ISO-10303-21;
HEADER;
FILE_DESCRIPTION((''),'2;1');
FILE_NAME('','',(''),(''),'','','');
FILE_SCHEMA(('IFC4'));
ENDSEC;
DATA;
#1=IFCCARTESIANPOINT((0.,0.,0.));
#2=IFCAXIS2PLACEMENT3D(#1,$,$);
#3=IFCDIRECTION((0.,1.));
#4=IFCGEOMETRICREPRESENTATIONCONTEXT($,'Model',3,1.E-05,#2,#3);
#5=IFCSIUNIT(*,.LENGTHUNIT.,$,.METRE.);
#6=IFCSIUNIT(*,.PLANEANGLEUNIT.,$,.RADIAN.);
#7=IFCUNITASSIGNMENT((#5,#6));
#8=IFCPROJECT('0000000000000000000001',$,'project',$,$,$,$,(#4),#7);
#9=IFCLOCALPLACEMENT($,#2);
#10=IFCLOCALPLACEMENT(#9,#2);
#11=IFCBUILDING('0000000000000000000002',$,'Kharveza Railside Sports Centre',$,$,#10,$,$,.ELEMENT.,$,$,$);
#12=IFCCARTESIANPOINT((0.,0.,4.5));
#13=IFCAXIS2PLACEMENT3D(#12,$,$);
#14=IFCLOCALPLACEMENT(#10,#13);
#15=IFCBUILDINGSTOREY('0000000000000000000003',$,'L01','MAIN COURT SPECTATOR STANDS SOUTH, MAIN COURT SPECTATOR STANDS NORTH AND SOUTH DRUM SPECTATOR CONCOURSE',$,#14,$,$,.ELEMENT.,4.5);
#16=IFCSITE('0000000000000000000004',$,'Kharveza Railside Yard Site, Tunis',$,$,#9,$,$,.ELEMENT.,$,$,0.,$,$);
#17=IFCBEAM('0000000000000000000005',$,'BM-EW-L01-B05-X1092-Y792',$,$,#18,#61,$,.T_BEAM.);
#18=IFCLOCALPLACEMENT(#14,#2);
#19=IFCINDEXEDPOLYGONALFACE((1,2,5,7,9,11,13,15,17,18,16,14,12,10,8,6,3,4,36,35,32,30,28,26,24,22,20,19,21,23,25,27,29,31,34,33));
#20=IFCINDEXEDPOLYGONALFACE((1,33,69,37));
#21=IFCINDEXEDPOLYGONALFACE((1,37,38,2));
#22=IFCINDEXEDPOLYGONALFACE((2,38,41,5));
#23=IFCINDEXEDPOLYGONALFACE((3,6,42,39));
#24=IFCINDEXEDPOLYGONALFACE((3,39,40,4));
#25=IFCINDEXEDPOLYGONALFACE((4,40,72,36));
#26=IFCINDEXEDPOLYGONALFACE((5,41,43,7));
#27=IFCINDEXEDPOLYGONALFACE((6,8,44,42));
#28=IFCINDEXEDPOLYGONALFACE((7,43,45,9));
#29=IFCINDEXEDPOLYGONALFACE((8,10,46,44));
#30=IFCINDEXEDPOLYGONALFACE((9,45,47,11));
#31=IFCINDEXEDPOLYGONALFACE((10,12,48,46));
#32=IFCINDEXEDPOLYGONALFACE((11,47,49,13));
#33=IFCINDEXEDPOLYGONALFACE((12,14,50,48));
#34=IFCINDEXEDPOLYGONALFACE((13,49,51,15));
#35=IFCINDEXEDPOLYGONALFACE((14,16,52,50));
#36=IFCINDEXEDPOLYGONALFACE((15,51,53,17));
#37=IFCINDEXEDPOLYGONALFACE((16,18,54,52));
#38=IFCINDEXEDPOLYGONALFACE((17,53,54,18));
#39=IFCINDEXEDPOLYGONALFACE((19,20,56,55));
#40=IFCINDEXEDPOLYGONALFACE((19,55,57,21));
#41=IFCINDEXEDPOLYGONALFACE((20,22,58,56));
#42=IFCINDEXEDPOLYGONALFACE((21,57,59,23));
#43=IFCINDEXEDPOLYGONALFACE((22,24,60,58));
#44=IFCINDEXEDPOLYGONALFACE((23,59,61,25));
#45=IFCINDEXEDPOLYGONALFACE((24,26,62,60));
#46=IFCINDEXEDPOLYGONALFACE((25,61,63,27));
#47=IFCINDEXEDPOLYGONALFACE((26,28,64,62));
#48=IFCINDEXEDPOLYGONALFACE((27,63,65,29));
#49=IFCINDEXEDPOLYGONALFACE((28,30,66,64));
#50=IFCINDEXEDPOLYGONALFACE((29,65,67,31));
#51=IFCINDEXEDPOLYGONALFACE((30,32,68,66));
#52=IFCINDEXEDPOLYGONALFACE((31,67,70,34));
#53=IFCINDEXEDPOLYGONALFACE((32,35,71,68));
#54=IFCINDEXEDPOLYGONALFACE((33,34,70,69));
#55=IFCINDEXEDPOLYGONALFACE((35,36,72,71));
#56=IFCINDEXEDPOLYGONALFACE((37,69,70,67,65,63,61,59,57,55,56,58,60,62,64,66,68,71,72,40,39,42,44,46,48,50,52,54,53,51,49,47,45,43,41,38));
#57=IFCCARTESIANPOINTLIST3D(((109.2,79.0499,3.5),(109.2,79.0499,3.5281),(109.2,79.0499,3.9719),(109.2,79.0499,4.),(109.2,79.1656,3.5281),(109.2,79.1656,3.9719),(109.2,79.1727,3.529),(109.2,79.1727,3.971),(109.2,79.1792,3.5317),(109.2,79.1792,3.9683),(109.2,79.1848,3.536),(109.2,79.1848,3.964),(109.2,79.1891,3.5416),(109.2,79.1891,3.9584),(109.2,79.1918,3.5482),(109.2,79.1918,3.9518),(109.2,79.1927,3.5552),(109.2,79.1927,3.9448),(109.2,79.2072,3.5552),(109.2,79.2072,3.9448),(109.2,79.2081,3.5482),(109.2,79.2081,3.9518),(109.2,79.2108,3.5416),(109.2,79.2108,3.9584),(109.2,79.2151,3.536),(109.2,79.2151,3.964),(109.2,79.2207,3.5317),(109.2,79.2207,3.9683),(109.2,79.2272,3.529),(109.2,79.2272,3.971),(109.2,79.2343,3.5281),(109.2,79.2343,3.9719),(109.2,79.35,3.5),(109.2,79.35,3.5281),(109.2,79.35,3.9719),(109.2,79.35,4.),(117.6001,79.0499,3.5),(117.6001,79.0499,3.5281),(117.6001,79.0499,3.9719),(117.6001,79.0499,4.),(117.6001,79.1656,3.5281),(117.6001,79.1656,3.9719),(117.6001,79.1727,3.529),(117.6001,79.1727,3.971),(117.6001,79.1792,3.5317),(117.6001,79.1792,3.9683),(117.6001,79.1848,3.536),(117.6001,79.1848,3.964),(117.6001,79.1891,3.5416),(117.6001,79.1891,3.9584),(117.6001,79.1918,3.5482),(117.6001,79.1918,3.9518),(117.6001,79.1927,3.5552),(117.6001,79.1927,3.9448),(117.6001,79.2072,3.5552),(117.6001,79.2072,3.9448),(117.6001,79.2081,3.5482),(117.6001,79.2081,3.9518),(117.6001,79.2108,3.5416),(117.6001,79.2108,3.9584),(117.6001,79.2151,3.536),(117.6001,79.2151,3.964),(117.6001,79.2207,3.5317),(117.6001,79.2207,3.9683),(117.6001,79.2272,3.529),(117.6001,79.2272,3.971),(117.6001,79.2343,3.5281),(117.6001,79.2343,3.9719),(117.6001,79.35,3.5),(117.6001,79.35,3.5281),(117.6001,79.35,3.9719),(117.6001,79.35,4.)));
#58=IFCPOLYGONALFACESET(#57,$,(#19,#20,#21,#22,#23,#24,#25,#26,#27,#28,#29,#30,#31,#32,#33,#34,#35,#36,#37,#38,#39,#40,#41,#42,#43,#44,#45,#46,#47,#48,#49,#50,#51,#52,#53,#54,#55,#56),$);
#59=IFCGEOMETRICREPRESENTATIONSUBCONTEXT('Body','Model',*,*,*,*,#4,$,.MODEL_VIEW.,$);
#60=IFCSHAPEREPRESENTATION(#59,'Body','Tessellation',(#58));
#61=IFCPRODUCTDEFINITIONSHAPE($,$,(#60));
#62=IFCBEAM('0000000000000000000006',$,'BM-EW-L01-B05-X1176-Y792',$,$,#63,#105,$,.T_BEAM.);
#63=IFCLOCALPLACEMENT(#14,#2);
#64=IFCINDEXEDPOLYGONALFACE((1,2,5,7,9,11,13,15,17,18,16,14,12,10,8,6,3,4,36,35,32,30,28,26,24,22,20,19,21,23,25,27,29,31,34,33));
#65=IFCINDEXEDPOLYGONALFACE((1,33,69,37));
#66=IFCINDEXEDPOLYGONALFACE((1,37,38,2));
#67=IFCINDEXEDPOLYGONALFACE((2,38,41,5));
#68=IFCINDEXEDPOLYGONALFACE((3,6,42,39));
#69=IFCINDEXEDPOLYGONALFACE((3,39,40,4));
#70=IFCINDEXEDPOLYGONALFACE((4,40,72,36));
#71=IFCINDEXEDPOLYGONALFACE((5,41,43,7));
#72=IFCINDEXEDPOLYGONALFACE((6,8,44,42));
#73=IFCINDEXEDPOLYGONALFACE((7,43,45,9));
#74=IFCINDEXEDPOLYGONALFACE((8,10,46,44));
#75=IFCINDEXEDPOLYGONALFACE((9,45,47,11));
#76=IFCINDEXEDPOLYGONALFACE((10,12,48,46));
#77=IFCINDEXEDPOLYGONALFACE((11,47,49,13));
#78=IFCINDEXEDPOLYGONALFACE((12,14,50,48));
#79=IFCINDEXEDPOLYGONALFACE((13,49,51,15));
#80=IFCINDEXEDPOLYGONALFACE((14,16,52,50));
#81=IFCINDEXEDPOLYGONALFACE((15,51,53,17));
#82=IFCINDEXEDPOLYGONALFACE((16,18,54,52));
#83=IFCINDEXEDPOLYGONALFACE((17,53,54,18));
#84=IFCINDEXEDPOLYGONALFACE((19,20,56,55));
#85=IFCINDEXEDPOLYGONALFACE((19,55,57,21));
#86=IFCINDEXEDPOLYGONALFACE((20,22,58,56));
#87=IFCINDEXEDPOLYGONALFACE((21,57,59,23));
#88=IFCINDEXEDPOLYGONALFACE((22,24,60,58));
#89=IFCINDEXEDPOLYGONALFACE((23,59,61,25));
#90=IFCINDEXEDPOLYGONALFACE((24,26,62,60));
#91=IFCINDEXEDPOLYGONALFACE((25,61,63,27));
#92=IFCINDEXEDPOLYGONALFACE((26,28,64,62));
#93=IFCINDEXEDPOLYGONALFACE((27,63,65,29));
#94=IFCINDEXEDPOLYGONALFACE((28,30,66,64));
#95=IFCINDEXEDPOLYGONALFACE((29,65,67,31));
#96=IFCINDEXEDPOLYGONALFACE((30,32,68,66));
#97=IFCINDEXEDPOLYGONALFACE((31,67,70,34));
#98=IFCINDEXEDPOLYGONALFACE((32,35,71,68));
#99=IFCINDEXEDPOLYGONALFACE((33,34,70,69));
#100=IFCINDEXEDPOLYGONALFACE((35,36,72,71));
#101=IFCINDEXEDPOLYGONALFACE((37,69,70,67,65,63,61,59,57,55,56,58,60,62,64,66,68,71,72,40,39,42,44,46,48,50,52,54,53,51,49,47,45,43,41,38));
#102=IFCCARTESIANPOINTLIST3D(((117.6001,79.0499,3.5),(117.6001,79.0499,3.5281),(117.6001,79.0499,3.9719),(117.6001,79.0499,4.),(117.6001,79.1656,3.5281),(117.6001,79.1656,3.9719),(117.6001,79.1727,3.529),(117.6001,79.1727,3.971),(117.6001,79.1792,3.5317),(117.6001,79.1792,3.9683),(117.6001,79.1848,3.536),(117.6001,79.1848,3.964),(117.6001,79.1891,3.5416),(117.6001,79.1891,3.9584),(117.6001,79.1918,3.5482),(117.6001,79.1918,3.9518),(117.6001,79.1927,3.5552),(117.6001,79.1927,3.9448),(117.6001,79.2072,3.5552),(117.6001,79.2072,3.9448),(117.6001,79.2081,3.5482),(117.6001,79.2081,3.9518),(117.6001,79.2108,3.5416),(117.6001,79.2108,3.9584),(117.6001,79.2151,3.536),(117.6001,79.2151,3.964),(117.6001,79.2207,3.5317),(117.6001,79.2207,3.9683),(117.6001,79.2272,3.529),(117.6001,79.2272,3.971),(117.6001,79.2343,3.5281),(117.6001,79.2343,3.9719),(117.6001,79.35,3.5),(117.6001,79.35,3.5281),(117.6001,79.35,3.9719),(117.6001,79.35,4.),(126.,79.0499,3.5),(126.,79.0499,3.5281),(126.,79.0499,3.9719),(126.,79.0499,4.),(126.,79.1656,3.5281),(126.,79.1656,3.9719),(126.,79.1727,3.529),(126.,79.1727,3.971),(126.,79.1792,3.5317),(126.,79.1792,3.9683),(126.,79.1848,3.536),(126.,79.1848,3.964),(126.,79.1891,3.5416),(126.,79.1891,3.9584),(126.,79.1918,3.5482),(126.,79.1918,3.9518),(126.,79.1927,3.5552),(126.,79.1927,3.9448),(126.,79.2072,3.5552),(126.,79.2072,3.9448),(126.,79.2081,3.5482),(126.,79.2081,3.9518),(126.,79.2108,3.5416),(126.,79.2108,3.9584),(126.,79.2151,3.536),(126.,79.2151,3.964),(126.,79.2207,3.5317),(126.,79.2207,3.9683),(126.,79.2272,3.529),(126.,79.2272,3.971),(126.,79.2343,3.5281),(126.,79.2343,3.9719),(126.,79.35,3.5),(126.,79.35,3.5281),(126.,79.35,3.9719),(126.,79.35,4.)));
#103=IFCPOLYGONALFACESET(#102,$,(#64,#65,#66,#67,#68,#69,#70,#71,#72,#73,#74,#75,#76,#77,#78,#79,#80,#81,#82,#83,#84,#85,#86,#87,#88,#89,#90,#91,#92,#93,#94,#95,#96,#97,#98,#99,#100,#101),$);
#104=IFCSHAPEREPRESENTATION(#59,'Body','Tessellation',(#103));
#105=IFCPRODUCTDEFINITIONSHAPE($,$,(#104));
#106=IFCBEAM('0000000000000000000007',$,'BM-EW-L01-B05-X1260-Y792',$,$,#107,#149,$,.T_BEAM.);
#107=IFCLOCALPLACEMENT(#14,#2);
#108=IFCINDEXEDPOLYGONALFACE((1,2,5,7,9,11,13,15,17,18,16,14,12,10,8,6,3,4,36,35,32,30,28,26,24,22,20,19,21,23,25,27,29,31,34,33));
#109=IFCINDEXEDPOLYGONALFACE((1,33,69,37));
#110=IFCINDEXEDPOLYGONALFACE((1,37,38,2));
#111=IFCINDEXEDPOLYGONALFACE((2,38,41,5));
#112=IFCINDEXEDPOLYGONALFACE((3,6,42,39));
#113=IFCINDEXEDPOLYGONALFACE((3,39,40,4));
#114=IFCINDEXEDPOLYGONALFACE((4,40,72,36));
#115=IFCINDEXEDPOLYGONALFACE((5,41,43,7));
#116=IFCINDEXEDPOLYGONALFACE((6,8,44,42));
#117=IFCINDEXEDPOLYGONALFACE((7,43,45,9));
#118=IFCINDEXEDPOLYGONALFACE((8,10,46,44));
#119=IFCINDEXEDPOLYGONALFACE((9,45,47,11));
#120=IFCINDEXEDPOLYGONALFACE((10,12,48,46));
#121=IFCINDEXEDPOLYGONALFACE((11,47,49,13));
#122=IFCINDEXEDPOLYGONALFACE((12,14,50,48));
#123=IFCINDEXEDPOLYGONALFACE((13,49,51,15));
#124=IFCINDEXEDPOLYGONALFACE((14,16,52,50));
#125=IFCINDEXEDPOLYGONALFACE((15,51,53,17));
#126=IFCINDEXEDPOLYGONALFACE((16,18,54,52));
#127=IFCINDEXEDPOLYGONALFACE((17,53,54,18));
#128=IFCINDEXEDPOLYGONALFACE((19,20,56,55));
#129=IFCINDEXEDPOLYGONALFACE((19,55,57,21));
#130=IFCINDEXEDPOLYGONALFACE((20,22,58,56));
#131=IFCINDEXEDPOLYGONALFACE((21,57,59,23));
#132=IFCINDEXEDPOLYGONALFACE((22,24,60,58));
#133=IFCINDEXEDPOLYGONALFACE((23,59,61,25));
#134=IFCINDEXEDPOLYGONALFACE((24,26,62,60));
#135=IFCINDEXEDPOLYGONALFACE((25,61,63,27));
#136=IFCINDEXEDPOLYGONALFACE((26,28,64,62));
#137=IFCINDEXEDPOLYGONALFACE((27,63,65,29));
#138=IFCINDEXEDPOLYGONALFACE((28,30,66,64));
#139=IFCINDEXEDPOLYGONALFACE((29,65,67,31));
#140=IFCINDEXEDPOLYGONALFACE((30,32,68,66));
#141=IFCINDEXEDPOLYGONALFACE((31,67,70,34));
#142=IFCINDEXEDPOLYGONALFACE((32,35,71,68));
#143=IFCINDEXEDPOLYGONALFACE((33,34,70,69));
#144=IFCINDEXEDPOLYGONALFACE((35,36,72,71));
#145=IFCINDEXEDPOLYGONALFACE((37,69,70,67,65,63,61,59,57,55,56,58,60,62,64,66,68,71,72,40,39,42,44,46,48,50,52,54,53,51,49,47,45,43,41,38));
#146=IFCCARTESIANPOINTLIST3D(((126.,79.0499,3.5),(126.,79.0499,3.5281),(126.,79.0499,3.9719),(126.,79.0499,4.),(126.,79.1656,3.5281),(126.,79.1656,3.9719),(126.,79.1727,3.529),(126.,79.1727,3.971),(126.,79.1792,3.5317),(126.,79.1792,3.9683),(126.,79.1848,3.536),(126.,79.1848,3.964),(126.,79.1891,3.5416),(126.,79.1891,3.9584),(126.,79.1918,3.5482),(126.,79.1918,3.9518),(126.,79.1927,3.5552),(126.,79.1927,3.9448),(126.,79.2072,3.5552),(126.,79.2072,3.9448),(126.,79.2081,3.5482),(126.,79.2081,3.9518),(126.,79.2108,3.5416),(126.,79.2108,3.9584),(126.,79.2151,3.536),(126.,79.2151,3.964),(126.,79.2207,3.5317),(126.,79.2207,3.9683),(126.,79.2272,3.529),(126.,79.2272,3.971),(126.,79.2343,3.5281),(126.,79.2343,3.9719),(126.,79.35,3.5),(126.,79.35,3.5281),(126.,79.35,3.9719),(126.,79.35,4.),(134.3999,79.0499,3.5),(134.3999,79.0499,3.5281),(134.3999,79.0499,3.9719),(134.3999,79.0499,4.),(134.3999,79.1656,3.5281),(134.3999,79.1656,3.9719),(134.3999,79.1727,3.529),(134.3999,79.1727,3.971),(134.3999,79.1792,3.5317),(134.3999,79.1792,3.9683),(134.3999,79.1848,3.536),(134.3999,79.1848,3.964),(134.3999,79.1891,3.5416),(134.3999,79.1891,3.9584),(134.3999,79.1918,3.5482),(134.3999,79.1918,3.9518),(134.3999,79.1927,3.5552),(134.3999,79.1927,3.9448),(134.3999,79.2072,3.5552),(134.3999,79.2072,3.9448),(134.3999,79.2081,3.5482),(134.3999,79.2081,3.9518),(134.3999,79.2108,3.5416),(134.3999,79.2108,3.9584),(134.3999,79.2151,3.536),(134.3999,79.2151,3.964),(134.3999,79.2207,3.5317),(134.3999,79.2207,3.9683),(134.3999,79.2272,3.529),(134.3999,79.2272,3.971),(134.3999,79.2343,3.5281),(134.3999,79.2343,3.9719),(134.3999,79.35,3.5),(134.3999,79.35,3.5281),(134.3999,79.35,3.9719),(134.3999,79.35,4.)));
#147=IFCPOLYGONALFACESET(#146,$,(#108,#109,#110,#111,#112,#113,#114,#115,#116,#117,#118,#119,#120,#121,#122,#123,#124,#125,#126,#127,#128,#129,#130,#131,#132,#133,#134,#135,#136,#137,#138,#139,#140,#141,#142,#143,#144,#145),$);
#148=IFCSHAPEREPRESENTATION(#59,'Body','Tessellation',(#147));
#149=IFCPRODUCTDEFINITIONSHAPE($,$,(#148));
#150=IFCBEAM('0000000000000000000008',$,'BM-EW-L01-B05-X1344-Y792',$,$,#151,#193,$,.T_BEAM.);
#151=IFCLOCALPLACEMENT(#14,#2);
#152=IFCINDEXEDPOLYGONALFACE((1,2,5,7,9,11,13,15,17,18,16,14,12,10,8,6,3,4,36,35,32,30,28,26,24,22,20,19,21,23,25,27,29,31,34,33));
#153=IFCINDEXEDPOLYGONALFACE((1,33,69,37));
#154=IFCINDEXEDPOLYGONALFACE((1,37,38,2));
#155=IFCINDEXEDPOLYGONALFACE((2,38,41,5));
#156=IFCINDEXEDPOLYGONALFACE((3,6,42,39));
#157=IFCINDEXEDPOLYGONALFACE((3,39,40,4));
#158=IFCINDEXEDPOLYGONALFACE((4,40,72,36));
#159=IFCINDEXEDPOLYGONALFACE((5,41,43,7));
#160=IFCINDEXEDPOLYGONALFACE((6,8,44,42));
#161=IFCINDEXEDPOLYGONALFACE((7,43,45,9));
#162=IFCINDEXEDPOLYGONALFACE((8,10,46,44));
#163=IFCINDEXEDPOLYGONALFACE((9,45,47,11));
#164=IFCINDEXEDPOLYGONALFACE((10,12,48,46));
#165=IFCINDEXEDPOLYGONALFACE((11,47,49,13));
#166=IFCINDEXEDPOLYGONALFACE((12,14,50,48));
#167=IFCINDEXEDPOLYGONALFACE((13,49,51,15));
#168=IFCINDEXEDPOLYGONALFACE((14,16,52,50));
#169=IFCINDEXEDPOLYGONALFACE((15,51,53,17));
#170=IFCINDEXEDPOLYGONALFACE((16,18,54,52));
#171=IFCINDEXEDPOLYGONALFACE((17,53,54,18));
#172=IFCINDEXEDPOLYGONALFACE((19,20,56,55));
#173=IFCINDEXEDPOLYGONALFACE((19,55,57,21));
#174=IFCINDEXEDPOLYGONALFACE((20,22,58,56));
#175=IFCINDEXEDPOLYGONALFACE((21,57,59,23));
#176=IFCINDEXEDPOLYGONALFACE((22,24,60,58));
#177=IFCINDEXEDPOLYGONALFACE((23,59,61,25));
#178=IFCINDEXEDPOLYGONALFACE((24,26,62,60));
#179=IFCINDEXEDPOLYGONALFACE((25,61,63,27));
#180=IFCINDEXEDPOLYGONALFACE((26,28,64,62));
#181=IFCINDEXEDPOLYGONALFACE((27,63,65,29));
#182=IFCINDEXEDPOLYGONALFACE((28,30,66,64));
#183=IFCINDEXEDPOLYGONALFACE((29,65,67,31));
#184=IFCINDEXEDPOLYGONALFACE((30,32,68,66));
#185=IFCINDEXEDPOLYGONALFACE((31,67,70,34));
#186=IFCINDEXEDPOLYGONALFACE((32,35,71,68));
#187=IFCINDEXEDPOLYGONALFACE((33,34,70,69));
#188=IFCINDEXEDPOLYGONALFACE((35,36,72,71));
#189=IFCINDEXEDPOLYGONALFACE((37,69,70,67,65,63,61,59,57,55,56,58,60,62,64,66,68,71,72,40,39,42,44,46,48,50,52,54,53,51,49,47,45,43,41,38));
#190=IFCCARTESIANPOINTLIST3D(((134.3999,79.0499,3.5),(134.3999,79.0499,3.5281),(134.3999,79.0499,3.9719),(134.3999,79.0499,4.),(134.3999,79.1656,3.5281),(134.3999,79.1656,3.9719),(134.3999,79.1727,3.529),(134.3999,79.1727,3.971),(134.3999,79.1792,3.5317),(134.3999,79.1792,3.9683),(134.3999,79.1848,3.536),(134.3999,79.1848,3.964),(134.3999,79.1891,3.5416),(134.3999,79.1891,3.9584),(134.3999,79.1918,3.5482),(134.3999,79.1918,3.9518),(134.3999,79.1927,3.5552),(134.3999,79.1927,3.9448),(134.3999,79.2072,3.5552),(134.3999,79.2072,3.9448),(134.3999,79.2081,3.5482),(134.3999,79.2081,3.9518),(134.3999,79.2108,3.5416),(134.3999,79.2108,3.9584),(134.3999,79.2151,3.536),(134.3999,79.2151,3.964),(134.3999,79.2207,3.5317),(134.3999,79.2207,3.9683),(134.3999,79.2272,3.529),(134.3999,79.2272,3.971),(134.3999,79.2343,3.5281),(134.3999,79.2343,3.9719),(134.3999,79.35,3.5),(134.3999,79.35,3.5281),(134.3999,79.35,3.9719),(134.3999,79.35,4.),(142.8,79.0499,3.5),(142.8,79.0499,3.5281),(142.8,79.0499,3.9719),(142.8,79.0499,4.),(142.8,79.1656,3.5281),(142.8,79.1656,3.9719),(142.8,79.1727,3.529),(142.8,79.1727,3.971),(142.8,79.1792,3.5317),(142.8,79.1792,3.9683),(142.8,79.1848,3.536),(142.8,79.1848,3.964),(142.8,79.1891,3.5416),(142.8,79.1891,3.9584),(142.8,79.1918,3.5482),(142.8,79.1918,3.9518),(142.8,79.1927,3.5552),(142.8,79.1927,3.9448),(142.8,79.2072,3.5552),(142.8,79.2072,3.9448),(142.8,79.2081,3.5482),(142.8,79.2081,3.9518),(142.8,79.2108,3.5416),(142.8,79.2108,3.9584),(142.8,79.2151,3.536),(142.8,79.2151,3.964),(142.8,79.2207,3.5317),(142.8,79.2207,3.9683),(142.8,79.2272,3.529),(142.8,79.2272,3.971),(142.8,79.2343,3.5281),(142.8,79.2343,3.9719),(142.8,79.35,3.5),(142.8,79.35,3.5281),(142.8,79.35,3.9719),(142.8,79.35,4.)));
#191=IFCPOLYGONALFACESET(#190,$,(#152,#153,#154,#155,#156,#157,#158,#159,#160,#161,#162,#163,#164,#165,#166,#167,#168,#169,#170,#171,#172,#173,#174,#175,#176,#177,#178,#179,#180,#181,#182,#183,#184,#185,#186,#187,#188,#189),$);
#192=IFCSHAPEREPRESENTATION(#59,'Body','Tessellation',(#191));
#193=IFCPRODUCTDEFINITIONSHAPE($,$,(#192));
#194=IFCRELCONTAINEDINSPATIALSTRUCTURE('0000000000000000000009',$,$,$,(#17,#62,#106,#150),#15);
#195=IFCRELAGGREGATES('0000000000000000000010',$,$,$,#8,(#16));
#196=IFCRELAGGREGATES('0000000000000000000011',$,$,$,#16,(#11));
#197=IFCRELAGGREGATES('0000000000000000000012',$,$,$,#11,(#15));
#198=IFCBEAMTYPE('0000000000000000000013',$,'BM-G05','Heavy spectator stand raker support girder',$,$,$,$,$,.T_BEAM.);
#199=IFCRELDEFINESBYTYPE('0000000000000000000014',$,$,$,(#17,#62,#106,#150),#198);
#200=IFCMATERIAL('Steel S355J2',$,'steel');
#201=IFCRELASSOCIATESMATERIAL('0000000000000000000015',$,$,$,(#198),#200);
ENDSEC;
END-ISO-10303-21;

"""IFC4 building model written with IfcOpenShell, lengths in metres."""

from ifc_helpers import new_model, si_unit, direction, frame, origin, origin_2d, place, context, subcontext, project, spatial, i_section, extrude, material, material_profile, profile_set, type_object, element, save


model = new_model("IFC4")

# Units and contexts
model_context = context("Model", 3, precision=1e-05, world=origin(), true_north=direction((0.0, 1.0)))
body_context = subcontext(model_context, "Body", "Model", "MODEL_VIEW")
ifc_project = project(units=[si_unit("LENGTHUNIT", "METRE"), si_unit("PLANEANGLEUNIT", "RADIAN")], contexts=[model_context])

# Site, building, storey
site_placement = place(None, origin())
site = spatial("IfcSite", under=ifc_project, at=site_placement, Name="Kharveza Railside Yard Site, Tunis", CompositionType="ELEMENT", RefElevation=0.0)
building_placement = place(site_placement, origin())
building = spatial("IfcBuilding", under=site, at=building_placement, Name="Kharveza Railside Sports Centre", CompositionType="ELEMENT")
storey_placement = place(building_placement, frame((0.0, 0.0, 4.5)))
storey = spatial("IfcBuildingStorey", under=building, at=storey_placement, Name="L01", Description="MAIN COURT SPECTATOR STANDS SOUTH, MAIN COURT SPECTATOR STANDS NORTH AND SOUTH DRUM SPECTATOR CONCOURSE", CompositionType="ELEMENT", Elevation=4.5)

# Shared definitions
ifc_material_1 = material(Name="Steel S355J2", Category="steel")

# Beams
ifc_material_profile_1 = material_profile(ifc_material_1, i_section(OverallWidth=0.3, OverallDepth=0.5, WebThickness=0.0144, FlangeThickness=0.0281, FilletRadius=0.0271, at=origin_2d()), Name="HEB 500")
ifc_profile_set_1 = profile_set([ifc_material_profile_1], Name="Steel S355J2")
beam_type_1 = type_object("IfcBeamType", Name="BM-G05", Description="Heavy spectator stand raker support girder", PredefinedType="T_BEAM", material=ifc_profile_set_1)
beam_1_placement = place(storey_placement, frame((109.2, 79.2, 3.75), z_axis=(1.0, 0.0, 0.0), x_axis=(0.0, 1.0, 0.0)))
element("IfcBeam", 1, at=beam_1_placement, inside=storey, type_object=beam_type_1, Name="BM-EW-L01-B05-X1092-Y792", PredefinedType="T_BEAM", context=body_context, shape_type="SweptSolid", body=[
    extrude(i_section(OverallWidth=0.3, OverallDepth=0.5, WebThickness=0.0144, FlangeThickness=0.0281, FilletRadius=0.0271, at=origin_2d()), origin(), (0.0, 0.0, 1.0), 8.4001),
])
for number, where, z_axis, x_axis, name in (
    (2, (117.6001, 79.2, 3.75), (1.0, 0.0, 0.0), (0.0, 1.0, 0.0), "BM-EW-L01-B05-X1176-Y792"),
    (3, (126.0, 79.2, 3.75), (1.0, 0.0, 0.0), (0.0, 1.0, 0.0), "BM-EW-L01-B05-X1260-Y792"),
):
    element("IfcBeam", number, at=place(storey_placement, frame(where, z_axis=z_axis, x_axis=x_axis)), inside=storey, type_object=beam_type_1, Name=name, PredefinedType="T_BEAM", context=body_context, shape_type="SweptSolid", body=[
        extrude(i_section(OverallWidth=0.3, OverallDepth=0.5, WebThickness=0.0144, FlangeThickness=0.0281, FilletRadius=0.0271, at=origin_2d()), origin(), (0.0, 0.0, 1.0), 8.3999),
    ])
beam_2_placement = place(storey_placement, frame((134.3999, 79.2, 3.75), z_axis=(1.0, 0.0, 0.0), x_axis=(0.0, 1.0, 0.0)))
element("IfcBeam", 4, at=beam_2_placement, inside=storey, type_object=beam_type_1, Name="BM-EW-L01-B05-X1344-Y792", PredefinedType="T_BEAM", context=body_context, shape_type="SweptSolid", body=[
    extrude(i_section(OverallWidth=0.3, OverallDepth=0.5, WebThickness=0.0144, FlangeThickness=0.0281, FilletRadius=0.0271, at=origin_2d()), origin(), (0.0, 0.0, 1.0), 8.4001),
])

save(model, "model.ifc")
